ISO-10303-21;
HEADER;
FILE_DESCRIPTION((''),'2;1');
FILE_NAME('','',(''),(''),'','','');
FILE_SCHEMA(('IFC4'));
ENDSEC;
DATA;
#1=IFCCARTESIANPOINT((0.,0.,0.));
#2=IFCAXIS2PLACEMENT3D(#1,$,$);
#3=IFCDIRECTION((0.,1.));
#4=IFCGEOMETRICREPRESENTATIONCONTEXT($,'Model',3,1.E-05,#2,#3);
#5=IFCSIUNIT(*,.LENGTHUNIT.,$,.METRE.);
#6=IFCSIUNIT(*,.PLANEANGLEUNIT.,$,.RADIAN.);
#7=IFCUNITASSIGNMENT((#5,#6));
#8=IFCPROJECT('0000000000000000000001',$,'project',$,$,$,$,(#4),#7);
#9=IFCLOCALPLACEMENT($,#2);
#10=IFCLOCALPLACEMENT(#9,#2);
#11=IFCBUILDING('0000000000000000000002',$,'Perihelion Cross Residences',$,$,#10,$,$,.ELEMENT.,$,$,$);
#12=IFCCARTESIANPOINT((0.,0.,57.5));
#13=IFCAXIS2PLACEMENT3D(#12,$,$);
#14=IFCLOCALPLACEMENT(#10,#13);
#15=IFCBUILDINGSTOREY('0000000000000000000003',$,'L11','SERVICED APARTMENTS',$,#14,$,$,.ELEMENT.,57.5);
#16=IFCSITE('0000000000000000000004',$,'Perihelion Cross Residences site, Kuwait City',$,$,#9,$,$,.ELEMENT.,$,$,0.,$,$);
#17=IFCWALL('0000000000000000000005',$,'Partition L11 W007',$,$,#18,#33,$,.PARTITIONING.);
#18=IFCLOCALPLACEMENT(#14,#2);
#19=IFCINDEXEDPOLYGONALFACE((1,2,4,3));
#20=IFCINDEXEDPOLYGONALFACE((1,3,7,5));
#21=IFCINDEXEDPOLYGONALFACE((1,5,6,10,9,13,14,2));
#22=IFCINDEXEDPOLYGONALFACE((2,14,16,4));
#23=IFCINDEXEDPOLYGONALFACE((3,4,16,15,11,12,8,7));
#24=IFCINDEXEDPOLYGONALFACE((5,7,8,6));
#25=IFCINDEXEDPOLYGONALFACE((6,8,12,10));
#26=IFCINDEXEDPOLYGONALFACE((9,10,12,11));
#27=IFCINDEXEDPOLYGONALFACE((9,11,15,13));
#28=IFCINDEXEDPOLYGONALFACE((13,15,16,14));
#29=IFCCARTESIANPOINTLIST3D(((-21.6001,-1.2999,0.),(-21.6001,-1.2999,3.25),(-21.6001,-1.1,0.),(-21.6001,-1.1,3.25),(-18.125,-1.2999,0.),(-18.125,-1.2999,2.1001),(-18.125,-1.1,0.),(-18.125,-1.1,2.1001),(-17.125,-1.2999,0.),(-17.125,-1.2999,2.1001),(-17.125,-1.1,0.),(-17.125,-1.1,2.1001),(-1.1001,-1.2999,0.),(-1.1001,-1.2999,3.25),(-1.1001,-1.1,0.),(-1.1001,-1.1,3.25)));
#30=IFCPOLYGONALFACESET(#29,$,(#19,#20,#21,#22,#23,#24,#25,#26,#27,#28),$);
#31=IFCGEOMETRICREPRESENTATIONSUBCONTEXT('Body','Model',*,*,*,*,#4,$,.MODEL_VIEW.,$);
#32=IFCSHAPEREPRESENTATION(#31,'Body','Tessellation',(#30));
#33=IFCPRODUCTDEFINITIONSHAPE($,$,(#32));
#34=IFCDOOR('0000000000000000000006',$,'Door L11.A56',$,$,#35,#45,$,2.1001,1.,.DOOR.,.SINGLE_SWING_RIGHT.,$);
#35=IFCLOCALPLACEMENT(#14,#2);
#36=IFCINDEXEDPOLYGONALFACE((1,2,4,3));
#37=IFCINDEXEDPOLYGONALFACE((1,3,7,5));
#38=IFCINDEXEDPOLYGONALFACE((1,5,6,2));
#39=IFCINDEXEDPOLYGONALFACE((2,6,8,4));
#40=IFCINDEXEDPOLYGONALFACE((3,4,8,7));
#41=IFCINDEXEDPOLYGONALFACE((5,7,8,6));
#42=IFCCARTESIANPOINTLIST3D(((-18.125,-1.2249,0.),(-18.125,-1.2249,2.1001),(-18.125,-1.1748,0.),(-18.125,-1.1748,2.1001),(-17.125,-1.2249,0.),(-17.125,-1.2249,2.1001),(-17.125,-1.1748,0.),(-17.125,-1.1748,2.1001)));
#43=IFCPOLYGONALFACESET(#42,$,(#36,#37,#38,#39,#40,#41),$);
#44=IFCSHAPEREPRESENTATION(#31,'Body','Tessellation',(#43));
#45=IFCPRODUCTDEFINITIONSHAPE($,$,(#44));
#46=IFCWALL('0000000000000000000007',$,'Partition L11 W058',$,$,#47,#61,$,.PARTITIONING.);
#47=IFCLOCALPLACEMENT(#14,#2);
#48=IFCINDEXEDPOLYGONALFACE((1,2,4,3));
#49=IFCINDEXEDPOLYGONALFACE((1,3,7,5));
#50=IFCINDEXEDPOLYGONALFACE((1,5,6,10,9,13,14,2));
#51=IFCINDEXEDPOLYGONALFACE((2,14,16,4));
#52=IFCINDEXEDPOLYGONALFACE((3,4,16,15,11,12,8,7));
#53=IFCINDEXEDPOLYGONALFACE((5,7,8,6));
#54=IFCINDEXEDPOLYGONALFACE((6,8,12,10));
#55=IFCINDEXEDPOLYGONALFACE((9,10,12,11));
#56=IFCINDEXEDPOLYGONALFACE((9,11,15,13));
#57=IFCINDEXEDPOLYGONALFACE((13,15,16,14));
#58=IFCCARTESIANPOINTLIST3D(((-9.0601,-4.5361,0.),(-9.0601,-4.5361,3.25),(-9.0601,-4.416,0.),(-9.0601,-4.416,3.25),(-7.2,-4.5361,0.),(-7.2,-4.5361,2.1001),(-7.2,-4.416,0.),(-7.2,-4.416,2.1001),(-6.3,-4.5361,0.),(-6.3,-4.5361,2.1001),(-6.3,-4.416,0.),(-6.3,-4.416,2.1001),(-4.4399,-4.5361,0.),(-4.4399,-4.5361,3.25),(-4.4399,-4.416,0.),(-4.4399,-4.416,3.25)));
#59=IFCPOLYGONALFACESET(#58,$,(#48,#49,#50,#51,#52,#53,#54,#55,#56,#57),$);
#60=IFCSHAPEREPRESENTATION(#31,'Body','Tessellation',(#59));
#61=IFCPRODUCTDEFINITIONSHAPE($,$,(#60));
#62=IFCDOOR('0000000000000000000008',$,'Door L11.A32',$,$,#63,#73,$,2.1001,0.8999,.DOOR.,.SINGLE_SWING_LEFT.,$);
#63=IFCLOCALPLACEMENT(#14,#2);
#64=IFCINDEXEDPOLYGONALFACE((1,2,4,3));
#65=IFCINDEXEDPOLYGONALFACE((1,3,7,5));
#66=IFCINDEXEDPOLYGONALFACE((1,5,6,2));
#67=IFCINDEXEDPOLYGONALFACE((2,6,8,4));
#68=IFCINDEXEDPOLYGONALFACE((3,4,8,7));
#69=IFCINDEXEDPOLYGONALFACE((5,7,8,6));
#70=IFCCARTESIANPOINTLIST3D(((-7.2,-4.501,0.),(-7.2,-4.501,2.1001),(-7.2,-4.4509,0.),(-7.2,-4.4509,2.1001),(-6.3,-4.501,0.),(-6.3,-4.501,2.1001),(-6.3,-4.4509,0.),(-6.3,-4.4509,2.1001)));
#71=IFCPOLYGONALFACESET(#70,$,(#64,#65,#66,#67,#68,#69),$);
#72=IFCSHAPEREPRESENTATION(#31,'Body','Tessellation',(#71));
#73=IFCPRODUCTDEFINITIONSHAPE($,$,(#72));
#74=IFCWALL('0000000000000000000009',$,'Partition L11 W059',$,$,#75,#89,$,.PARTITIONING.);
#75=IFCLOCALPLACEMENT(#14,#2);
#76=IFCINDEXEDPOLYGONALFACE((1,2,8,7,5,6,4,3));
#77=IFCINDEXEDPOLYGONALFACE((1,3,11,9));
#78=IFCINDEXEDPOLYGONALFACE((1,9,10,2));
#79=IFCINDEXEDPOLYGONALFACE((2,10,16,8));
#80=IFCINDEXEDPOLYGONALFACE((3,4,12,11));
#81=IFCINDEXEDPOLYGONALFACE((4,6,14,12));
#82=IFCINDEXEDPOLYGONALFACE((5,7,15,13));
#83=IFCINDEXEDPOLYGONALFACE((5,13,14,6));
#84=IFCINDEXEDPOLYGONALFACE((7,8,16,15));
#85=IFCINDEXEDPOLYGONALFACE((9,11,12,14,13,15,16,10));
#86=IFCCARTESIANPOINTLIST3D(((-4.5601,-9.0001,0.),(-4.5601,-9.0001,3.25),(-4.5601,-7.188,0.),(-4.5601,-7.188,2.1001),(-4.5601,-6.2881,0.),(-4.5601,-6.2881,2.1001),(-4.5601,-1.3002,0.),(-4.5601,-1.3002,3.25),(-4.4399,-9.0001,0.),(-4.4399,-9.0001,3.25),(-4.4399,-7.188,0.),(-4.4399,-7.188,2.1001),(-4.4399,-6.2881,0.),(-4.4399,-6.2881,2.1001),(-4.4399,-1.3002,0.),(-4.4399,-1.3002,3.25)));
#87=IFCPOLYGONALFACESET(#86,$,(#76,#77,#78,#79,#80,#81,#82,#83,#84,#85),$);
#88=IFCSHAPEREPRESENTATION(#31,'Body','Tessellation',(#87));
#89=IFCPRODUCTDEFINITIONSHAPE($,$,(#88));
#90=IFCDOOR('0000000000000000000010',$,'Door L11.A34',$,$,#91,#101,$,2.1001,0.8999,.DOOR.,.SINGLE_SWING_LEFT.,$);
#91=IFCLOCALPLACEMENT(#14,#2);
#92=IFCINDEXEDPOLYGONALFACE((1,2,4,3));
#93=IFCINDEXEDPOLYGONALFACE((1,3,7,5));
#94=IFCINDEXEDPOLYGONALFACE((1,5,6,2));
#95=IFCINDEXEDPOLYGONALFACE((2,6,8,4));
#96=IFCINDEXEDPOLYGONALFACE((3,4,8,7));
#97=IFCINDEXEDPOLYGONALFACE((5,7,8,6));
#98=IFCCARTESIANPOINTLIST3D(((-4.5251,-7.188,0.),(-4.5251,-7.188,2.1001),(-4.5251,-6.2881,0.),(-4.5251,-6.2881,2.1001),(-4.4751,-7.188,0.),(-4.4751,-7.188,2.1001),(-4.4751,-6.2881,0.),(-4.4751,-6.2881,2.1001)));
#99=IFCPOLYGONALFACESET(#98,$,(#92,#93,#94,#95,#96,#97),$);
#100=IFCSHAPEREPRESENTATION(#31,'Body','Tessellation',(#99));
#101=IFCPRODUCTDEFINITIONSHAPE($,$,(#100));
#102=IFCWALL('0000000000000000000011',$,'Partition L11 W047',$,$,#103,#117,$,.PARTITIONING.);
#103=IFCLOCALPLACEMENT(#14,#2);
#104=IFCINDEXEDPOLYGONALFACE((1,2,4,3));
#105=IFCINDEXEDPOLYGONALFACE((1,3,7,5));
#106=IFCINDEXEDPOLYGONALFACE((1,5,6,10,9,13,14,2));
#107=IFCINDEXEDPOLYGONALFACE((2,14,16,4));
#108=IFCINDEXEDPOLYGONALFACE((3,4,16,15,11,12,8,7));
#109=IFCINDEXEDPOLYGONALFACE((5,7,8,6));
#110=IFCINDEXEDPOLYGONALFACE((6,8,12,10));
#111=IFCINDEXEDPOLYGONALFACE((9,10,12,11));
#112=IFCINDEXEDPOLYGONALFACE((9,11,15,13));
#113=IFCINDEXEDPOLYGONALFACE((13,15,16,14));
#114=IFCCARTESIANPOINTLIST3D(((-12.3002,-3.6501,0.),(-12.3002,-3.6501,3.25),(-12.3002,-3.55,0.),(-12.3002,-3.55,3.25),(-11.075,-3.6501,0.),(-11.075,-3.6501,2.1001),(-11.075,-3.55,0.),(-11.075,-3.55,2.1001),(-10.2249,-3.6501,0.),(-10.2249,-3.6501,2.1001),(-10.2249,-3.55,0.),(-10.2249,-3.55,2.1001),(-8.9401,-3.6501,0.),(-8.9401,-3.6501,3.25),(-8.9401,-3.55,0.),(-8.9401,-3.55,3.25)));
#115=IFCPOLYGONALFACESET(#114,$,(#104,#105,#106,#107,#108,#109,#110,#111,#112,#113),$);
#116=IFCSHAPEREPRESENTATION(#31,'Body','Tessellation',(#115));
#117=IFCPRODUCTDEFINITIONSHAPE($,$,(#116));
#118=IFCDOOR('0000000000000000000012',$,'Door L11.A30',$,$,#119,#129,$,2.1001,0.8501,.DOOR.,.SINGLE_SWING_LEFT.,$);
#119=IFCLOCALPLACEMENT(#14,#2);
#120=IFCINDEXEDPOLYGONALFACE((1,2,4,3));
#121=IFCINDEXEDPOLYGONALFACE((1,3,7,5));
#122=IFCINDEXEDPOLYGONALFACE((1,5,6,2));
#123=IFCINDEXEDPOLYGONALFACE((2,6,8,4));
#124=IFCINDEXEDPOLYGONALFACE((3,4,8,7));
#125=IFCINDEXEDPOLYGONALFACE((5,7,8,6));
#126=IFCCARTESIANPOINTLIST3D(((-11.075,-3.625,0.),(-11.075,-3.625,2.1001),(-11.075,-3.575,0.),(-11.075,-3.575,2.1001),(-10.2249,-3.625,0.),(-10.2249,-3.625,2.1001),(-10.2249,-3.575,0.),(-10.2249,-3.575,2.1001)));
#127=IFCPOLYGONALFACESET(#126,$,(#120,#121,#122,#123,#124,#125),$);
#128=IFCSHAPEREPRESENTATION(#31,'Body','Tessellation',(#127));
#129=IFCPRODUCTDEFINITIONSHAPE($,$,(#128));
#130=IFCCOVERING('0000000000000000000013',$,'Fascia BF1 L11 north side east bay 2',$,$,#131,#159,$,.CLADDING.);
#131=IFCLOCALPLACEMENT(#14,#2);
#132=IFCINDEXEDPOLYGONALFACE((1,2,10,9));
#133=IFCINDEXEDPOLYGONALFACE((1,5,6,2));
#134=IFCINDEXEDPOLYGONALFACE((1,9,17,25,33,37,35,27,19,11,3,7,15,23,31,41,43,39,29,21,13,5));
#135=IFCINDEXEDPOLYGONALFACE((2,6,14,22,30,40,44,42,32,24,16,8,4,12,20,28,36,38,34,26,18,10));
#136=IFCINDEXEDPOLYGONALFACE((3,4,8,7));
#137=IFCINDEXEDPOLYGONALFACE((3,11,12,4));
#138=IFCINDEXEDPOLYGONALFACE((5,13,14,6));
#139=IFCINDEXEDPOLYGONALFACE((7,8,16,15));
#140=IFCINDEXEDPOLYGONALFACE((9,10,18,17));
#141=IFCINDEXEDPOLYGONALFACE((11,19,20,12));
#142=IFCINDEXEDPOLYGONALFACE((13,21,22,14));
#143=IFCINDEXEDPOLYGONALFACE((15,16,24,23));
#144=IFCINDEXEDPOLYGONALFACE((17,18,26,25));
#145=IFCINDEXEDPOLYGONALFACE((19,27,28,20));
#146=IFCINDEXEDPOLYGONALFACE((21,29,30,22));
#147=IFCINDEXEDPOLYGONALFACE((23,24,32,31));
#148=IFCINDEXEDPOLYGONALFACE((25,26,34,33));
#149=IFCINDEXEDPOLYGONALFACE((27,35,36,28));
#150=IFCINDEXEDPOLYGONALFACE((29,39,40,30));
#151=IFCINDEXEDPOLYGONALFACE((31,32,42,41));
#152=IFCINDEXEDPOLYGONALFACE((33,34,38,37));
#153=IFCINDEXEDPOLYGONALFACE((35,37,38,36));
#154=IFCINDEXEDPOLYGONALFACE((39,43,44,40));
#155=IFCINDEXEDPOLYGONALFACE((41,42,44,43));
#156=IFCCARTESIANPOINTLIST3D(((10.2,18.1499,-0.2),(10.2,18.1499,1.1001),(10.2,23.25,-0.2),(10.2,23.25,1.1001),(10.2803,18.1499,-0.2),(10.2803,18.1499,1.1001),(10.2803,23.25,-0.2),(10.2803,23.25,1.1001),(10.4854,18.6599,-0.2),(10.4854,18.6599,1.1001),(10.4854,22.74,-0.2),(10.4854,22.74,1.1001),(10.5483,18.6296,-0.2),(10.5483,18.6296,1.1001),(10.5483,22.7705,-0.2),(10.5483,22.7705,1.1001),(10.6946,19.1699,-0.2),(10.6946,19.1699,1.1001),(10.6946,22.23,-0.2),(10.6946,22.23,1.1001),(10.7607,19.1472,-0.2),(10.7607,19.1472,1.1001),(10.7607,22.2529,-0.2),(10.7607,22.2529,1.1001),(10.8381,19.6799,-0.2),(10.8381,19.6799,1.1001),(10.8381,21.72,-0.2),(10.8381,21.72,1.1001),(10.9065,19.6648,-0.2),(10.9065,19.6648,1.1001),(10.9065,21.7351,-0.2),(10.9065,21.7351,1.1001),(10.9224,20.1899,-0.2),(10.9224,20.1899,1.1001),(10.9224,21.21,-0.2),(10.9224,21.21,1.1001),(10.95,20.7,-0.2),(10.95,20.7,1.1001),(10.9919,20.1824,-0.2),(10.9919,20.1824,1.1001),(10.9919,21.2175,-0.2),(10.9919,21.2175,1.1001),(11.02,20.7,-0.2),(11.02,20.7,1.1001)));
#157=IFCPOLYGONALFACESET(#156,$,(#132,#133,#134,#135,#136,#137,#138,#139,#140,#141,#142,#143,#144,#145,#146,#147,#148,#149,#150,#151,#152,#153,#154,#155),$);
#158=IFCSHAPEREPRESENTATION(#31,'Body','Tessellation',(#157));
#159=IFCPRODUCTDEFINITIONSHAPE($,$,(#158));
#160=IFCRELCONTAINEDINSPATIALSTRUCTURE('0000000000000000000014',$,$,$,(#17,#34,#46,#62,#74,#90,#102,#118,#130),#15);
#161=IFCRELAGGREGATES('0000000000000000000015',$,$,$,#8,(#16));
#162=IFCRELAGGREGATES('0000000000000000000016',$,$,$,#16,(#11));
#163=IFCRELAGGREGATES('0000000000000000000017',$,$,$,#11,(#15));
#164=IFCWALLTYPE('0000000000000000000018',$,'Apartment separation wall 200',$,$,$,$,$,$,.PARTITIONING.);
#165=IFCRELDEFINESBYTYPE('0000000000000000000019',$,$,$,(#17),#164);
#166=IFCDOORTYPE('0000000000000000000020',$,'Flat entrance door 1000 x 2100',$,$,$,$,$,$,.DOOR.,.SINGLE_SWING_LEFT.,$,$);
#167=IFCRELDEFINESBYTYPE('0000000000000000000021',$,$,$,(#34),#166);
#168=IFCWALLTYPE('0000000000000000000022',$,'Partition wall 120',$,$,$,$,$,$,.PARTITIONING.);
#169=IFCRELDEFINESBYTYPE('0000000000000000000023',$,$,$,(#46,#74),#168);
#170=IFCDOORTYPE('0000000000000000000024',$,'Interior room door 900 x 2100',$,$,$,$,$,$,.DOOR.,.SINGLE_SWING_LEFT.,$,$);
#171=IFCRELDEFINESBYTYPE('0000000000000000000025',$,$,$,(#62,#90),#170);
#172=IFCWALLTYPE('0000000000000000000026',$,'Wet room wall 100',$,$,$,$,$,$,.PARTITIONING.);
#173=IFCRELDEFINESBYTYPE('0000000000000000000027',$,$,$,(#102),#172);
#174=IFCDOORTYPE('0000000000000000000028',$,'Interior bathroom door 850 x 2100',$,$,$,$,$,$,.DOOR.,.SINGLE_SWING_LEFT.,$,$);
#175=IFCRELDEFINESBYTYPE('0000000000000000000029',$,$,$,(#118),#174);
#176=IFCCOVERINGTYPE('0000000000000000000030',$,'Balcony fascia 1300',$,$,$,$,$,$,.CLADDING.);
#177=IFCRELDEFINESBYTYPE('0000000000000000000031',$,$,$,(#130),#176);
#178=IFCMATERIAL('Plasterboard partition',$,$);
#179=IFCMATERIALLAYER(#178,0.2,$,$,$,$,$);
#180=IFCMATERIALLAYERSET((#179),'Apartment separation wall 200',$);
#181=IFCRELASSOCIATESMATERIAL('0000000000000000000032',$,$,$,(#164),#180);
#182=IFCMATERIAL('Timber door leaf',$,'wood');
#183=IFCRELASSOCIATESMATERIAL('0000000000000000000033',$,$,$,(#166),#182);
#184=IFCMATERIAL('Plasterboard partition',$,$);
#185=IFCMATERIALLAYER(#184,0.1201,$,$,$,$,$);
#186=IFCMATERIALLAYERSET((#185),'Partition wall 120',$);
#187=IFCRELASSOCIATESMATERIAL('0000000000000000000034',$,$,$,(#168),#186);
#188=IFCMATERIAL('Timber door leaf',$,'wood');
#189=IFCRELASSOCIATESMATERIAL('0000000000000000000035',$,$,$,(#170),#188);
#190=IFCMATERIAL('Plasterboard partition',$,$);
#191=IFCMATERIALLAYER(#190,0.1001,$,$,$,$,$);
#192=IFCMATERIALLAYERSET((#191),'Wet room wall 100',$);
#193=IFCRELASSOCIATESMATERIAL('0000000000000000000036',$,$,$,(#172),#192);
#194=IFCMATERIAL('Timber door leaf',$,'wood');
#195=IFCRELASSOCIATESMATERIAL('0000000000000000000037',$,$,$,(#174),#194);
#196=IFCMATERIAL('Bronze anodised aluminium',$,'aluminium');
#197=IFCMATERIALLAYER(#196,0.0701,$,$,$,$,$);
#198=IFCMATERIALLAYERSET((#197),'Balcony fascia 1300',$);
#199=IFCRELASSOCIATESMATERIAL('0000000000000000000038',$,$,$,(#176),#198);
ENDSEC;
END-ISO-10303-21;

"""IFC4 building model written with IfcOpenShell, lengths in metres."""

from ifc_helpers import new_model, si_unit, direction, frame, frame_2d, origin, place, context, subcontext, project, spatial, polyline, rectangle, outline, extrude, material, layer, layer_set, type_object, element, fill, save


model = new_model("IFC4")

# Units and contexts
model_context = context("Model", 3, precision=1e-05, world=origin(), true_north=direction((0.0, 1.0)))
body_context = subcontext(model_context, "Body", "Model", "MODEL_VIEW")
ifc_project = project(units=[si_unit("LENGTHUNIT", "METRE"), si_unit("PLANEANGLEUNIT", "RADIAN")], contexts=[model_context])

# Site, building, storey
site_placement = place(None, origin())
site = spatial("IfcSite", under=ifc_project, at=site_placement, Name="Perihelion Cross Residences site, Kuwait City", CompositionType="ELEMENT", RefElevation=0.0)
building_placement = place(site_placement, origin())
building = spatial("IfcBuilding", under=site, at=building_placement, Name="Perihelion Cross Residences", CompositionType="ELEMENT")
storey_placement = place(building_placement, frame((0.0, 0.0, 57.5)))
storey = spatial("IfcBuildingStorey", under=building, at=storey_placement, Name="L11", Description="SERVICED APARTMENTS", CompositionType="ELEMENT", Elevation=57.5)

# Walls, openings, doors
ifc_material_1 = material(Name="Plasterboard partition")
ifc_layer_1 = layer(ifc_material_1, 0.2)
ifc_layer_set_1 = layer_set([ifc_layer_1], Name="Apartment separation wall 200")
wall_type_1 = type_object("IfcWallType", Name="Apartment separation wall 200", PredefinedType="PARTITIONING", material=ifc_layer_set_1)
wall_1_placement = place(storey_placement, frame((-1.1001, -1.2, 0.0), z_axis=(0.0, 0.0, 1.0), x_axis=(-1.0, 0.0, 0.0)))
wall_1 = element("IfcWall", 1, at=wall_1_placement, inside=storey, type_object=wall_type_1, Name="Partition L11 W007", PredefinedType="PARTITIONING", context=body_context, shape_type="SweptSolid", body=[
    extrude(rectangle(XDim=20.5, YDim=0.2, at=frame_2d((10.25, 0.0))), origin(), (0.0, 0.0, 1.0), 3.25),
])
opening_1_placement = place(wall_1_placement, frame((16.0249, 0.0, 0.0)))
opening_1 = element("IfcOpeningElement", 2, at=opening_1_placement, cuts=wall_1, PredefinedType="OPENING", context=body_context, shape_type="SweptSolid", body=[
    extrude(rectangle(XDim=1.0, YDim=2.1001, at=frame_2d((0.5, 1.05))), frame((0.0, 0.1099, 0.0), z_axis=(0.0, -1.0, 0.0), x_axis=(1.0, 0.0, 0.0)), (0.0, 0.0, 1.0), 0.22),
])
ifc_material_2 = material(Name="Timber door leaf", Category="wood")
door_type_1 = type_object("IfcDoorType", Name="Flat entrance door 1000 x 2100", OperationType="SINGLE_SWING_LEFT", PredefinedType="DOOR", material=ifc_material_2)
door_1_placement = place(opening_1_placement, origin())
door_1 = element("IfcDoor", 3, at=door_1_placement, inside=storey, type_object=door_type_1, Name="Door L11.A56", OperationType="SINGLE_SWING_RIGHT", OverallHeight=2.1001, OverallWidth=1.0, PredefinedType="DOOR", context=body_context, shape_type="SweptSolid", body=[
    extrude(rectangle(XDim=1.0, YDim=2.1001, at=frame_2d((0.5, 1.05))), frame((0.0, 0.0249, 0.0), z_axis=(0.0, -1.0, 0.0), x_axis=(1.0, 0.0, 0.0)), (0.0, 0.0, 1.0), 0.05),
])
fill(opening_1, door_1)
ifc_material_3 = material(Name="Plasterboard partition")
ifc_layer_2 = layer(ifc_material_3, 0.1201)
ifc_layer_set_2 = layer_set([ifc_layer_2], Name="Partition wall 120")
wall_type_2 = type_object("IfcWallType", Name="Partition wall 120", PredefinedType="PARTITIONING", material=ifc_layer_set_2)
wall_2_placement = place(storey_placement, frame((-4.4399, -4.4761, 0.0), z_axis=(0.0, 0.0, 1.0), x_axis=(-1.0, 0.0, 0.0)))
wall_2 = element("IfcWall", 4, at=wall_2_placement, inside=storey, type_object=wall_type_2, Name="Partition L11 W058", PredefinedType="PARTITIONING", context=body_context, shape_type="SweptSolid", body=[
    extrude(rectangle(XDim=4.6201, YDim=0.1201, at=frame_2d((2.3101, 0.0))), origin(), (0.0, 0.0, 1.0), 3.25),
])
opening_2_placement = place(wall_2_placement, frame((1.8601, 0.0, 0.0)))
opening_2 = element("IfcOpeningElement", 5, at=opening_2_placement, cuts=wall_2, PredefinedType="OPENING", context=body_context, shape_type="SweptSolid", body=[
    extrude(rectangle(XDim=0.8999, YDim=2.1001, at=frame_2d((0.45, 1.05))), frame((0.0, 0.0701, 0.0), z_axis=(0.0, -1.0, 0.0), x_axis=(1.0, 0.0, 0.0)), (0.0, 0.0, 1.0), 0.1401),
])
ifc_material_4 = material(Name="Timber door leaf", Category="wood")
door_type_2 = type_object("IfcDoorType", Name="Interior room door 900 x 2100", OperationType="SINGLE_SWING_LEFT", PredefinedType="DOOR", material=ifc_material_4)
door_2_placement = place(opening_2_placement, origin())
door_2 = element("IfcDoor", 6, at=door_2_placement, inside=storey, type_object=door_type_2, Name="Door L11.A32", OperationType="SINGLE_SWING_LEFT", OverallHeight=2.1001, OverallWidth=0.8999, PredefinedType="DOOR", context=body_context, shape_type="SweptSolid", body=[
    extrude(rectangle(XDim=0.8999, YDim=2.1001, at=frame_2d((0.45, 1.05))), frame((0.0, 0.0249, 0.0), z_axis=(0.0, -1.0, 0.0), x_axis=(1.0, 0.0, 0.0)), (0.0, 0.0, 1.0), 0.05),
])
fill(opening_2, door_2)
wall_3_placement = place(storey_placement, frame((-4.5, -1.3, 0.0), z_axis=(0.0, 0.0, 1.0), x_axis=(0.0, -1.0, 0.0)))
wall_3 = element("IfcWall", 7, at=wall_3_placement, inside=storey, type_object=wall_type_2, Name="Partition L11 W059", PredefinedType="PARTITIONING", context=body_context, shape_type="SweptSolid", body=[
    extrude(rectangle(XDim=7.7, YDim=0.1201, at=frame_2d((3.8501, 0.0))), origin(), (0.0, 0.0, 1.0), 3.25),
])
opening_3_placement = place(wall_3_placement, frame((4.988, 0.0, 0.0)))
opening_3 = element("IfcOpeningElement", 8, at=opening_3_placement, cuts=wall_3, PredefinedType="OPENING", context=body_context, shape_type="SweptSolid", body=[
    extrude(rectangle(XDim=0.8999, YDim=2.1001, at=frame_2d((0.45, 1.05))), frame((0.0, 0.0701, 0.0), z_axis=(0.0, -1.0, 0.0), x_axis=(1.0, 0.0, 0.0)), (0.0, 0.0, 1.0), 0.1401),
])
door_3_placement = place(opening_3_placement, origin())
door_3 = element("IfcDoor", 9, at=door_3_placement, inside=storey, type_object=door_type_2, Name="Door L11.A34", OperationType="SINGLE_SWING_LEFT", OverallHeight=2.1001, OverallWidth=0.8999, PredefinedType="DOOR", context=body_context, shape_type="SweptSolid", body=[
    extrude(rectangle(XDim=0.8999, YDim=2.1001, at=frame_2d((0.45, 1.05))), frame((0.0, 0.0249, 0.0), z_axis=(0.0, -1.0, 0.0), x_axis=(1.0, 0.0, 0.0)), (0.0, 0.0, 1.0), 0.05),
])
fill(opening_3, door_3)
ifc_material_5 = material(Name="Plasterboard partition")
ifc_layer_3 = layer(ifc_material_5, 0.1001)
ifc_layer_set_3 = layer_set([ifc_layer_3], Name="Wet room wall 100")
wall_type_3 = type_object("IfcWallType", Name="Wet room wall 100", PredefinedType="PARTITIONING", material=ifc_layer_set_3)
wall_4_placement = place(storey_placement, frame((-8.9399, -3.6001, 0.0), z_axis=(0.0, 0.0, 1.0), x_axis=(-1.0, 0.0, 0.0)))
wall_4 = element("IfcWall", 10, at=wall_4_placement, inside=storey, type_object=wall_type_3, Name="Partition L11 W047", PredefinedType="PARTITIONING", context=body_context, shape_type="SweptSolid", body=[
    extrude(rectangle(XDim=3.3601, YDim=0.1001, at=frame_2d((1.6802, 0.0))), origin(), (0.0, 0.0, 1.0), 3.25),
])
opening_4_placement = place(wall_4_placement, frame((1.2849, 0.0, 0.0)))
opening_4 = element("IfcOpeningElement", 11, at=opening_4_placement, cuts=wall_4, PredefinedType="OPENING", context=body_context, shape_type="SweptSolid", body=[
    extrude(rectangle(XDim=0.8501, YDim=2.1001, at=frame_2d((0.425, 1.05))), frame((0.0, 0.0601, 0.0), z_axis=(0.0, -1.0, 0.0), x_axis=(1.0, 0.0, 0.0)), (0.0, 0.0, 1.0), 0.1201),
])
ifc_material_6 = material(Name="Timber door leaf", Category="wood")
door_type_3 = type_object("IfcDoorType", Name="Interior bathroom door 850 x 2100", OperationType="SINGLE_SWING_LEFT", PredefinedType="DOOR", material=ifc_material_6)
door_4_placement = place(opening_4_placement, origin())
door_4 = element("IfcDoor", 12, at=door_4_placement, inside=storey, type_object=door_type_3, Name="Door L11.A30", OperationType="SINGLE_SWING_LEFT", OverallHeight=2.1001, OverallWidth=0.8501, PredefinedType="DOOR", context=body_context, shape_type="SweptSolid", body=[
    extrude(rectangle(XDim=0.8501, YDim=2.1001, at=frame_2d((0.425, 1.05))), frame((0.0, 0.0249, 0.0), z_axis=(0.0, -1.0, 0.0), x_axis=(1.0, 0.0, 0.0)), (0.0, 0.0, 1.0), 0.05),
])
fill(opening_4, door_4)

# Covering
ifc_material_7 = material(Name="Bronze anodised aluminium", Category="aluminium")
ifc_layer_4 = layer(ifc_material_7, 0.0701)
ifc_layer_set_4 = layer_set([ifc_layer_4], Name="Balcony fascia 1300")
covering_type = type_object("IfcCoveringType", Name="Balcony fascia 1300", PredefinedType="CLADDING", material=ifc_layer_set_4)
covering_1_placement = place(storey_placement, frame((0.0, 0.0, -0.2)))
element("IfcCovering", 13, at=covering_1_placement, inside=storey, type_object=covering_type, Name="Fascia BF1 L11 north side east bay 2", PredefinedType="CLADDING", context=body_context, shape_type="SweptSolid", body=[
    extrude(outline(polyline([(10.5483, 18.6296), (10.7607, 19.1472), (10.9065, 19.6648), (10.9919, 20.1824), (11.02, 20.7), (10.9919, 21.2175), (10.9065, 21.7351), (10.7607, 22.2529), (10.5483, 22.7705), (10.2803, 23.25), (10.2, 23.25), (10.4854, 22.74), (10.6946, 22.23), (10.8381, 21.72), (10.9224, 21.21), (10.95, 20.7), (10.9224, 20.1899), (10.8381, 19.6799), (10.6946, 19.1699), (10.4854, 18.6599), (10.2, 18.1499), (10.2803, 18.1499), (10.5483, 18.6296)])), origin(), (0.0, 0.0, 1.0), 1.3),
])

save(model, "model.ifc")
